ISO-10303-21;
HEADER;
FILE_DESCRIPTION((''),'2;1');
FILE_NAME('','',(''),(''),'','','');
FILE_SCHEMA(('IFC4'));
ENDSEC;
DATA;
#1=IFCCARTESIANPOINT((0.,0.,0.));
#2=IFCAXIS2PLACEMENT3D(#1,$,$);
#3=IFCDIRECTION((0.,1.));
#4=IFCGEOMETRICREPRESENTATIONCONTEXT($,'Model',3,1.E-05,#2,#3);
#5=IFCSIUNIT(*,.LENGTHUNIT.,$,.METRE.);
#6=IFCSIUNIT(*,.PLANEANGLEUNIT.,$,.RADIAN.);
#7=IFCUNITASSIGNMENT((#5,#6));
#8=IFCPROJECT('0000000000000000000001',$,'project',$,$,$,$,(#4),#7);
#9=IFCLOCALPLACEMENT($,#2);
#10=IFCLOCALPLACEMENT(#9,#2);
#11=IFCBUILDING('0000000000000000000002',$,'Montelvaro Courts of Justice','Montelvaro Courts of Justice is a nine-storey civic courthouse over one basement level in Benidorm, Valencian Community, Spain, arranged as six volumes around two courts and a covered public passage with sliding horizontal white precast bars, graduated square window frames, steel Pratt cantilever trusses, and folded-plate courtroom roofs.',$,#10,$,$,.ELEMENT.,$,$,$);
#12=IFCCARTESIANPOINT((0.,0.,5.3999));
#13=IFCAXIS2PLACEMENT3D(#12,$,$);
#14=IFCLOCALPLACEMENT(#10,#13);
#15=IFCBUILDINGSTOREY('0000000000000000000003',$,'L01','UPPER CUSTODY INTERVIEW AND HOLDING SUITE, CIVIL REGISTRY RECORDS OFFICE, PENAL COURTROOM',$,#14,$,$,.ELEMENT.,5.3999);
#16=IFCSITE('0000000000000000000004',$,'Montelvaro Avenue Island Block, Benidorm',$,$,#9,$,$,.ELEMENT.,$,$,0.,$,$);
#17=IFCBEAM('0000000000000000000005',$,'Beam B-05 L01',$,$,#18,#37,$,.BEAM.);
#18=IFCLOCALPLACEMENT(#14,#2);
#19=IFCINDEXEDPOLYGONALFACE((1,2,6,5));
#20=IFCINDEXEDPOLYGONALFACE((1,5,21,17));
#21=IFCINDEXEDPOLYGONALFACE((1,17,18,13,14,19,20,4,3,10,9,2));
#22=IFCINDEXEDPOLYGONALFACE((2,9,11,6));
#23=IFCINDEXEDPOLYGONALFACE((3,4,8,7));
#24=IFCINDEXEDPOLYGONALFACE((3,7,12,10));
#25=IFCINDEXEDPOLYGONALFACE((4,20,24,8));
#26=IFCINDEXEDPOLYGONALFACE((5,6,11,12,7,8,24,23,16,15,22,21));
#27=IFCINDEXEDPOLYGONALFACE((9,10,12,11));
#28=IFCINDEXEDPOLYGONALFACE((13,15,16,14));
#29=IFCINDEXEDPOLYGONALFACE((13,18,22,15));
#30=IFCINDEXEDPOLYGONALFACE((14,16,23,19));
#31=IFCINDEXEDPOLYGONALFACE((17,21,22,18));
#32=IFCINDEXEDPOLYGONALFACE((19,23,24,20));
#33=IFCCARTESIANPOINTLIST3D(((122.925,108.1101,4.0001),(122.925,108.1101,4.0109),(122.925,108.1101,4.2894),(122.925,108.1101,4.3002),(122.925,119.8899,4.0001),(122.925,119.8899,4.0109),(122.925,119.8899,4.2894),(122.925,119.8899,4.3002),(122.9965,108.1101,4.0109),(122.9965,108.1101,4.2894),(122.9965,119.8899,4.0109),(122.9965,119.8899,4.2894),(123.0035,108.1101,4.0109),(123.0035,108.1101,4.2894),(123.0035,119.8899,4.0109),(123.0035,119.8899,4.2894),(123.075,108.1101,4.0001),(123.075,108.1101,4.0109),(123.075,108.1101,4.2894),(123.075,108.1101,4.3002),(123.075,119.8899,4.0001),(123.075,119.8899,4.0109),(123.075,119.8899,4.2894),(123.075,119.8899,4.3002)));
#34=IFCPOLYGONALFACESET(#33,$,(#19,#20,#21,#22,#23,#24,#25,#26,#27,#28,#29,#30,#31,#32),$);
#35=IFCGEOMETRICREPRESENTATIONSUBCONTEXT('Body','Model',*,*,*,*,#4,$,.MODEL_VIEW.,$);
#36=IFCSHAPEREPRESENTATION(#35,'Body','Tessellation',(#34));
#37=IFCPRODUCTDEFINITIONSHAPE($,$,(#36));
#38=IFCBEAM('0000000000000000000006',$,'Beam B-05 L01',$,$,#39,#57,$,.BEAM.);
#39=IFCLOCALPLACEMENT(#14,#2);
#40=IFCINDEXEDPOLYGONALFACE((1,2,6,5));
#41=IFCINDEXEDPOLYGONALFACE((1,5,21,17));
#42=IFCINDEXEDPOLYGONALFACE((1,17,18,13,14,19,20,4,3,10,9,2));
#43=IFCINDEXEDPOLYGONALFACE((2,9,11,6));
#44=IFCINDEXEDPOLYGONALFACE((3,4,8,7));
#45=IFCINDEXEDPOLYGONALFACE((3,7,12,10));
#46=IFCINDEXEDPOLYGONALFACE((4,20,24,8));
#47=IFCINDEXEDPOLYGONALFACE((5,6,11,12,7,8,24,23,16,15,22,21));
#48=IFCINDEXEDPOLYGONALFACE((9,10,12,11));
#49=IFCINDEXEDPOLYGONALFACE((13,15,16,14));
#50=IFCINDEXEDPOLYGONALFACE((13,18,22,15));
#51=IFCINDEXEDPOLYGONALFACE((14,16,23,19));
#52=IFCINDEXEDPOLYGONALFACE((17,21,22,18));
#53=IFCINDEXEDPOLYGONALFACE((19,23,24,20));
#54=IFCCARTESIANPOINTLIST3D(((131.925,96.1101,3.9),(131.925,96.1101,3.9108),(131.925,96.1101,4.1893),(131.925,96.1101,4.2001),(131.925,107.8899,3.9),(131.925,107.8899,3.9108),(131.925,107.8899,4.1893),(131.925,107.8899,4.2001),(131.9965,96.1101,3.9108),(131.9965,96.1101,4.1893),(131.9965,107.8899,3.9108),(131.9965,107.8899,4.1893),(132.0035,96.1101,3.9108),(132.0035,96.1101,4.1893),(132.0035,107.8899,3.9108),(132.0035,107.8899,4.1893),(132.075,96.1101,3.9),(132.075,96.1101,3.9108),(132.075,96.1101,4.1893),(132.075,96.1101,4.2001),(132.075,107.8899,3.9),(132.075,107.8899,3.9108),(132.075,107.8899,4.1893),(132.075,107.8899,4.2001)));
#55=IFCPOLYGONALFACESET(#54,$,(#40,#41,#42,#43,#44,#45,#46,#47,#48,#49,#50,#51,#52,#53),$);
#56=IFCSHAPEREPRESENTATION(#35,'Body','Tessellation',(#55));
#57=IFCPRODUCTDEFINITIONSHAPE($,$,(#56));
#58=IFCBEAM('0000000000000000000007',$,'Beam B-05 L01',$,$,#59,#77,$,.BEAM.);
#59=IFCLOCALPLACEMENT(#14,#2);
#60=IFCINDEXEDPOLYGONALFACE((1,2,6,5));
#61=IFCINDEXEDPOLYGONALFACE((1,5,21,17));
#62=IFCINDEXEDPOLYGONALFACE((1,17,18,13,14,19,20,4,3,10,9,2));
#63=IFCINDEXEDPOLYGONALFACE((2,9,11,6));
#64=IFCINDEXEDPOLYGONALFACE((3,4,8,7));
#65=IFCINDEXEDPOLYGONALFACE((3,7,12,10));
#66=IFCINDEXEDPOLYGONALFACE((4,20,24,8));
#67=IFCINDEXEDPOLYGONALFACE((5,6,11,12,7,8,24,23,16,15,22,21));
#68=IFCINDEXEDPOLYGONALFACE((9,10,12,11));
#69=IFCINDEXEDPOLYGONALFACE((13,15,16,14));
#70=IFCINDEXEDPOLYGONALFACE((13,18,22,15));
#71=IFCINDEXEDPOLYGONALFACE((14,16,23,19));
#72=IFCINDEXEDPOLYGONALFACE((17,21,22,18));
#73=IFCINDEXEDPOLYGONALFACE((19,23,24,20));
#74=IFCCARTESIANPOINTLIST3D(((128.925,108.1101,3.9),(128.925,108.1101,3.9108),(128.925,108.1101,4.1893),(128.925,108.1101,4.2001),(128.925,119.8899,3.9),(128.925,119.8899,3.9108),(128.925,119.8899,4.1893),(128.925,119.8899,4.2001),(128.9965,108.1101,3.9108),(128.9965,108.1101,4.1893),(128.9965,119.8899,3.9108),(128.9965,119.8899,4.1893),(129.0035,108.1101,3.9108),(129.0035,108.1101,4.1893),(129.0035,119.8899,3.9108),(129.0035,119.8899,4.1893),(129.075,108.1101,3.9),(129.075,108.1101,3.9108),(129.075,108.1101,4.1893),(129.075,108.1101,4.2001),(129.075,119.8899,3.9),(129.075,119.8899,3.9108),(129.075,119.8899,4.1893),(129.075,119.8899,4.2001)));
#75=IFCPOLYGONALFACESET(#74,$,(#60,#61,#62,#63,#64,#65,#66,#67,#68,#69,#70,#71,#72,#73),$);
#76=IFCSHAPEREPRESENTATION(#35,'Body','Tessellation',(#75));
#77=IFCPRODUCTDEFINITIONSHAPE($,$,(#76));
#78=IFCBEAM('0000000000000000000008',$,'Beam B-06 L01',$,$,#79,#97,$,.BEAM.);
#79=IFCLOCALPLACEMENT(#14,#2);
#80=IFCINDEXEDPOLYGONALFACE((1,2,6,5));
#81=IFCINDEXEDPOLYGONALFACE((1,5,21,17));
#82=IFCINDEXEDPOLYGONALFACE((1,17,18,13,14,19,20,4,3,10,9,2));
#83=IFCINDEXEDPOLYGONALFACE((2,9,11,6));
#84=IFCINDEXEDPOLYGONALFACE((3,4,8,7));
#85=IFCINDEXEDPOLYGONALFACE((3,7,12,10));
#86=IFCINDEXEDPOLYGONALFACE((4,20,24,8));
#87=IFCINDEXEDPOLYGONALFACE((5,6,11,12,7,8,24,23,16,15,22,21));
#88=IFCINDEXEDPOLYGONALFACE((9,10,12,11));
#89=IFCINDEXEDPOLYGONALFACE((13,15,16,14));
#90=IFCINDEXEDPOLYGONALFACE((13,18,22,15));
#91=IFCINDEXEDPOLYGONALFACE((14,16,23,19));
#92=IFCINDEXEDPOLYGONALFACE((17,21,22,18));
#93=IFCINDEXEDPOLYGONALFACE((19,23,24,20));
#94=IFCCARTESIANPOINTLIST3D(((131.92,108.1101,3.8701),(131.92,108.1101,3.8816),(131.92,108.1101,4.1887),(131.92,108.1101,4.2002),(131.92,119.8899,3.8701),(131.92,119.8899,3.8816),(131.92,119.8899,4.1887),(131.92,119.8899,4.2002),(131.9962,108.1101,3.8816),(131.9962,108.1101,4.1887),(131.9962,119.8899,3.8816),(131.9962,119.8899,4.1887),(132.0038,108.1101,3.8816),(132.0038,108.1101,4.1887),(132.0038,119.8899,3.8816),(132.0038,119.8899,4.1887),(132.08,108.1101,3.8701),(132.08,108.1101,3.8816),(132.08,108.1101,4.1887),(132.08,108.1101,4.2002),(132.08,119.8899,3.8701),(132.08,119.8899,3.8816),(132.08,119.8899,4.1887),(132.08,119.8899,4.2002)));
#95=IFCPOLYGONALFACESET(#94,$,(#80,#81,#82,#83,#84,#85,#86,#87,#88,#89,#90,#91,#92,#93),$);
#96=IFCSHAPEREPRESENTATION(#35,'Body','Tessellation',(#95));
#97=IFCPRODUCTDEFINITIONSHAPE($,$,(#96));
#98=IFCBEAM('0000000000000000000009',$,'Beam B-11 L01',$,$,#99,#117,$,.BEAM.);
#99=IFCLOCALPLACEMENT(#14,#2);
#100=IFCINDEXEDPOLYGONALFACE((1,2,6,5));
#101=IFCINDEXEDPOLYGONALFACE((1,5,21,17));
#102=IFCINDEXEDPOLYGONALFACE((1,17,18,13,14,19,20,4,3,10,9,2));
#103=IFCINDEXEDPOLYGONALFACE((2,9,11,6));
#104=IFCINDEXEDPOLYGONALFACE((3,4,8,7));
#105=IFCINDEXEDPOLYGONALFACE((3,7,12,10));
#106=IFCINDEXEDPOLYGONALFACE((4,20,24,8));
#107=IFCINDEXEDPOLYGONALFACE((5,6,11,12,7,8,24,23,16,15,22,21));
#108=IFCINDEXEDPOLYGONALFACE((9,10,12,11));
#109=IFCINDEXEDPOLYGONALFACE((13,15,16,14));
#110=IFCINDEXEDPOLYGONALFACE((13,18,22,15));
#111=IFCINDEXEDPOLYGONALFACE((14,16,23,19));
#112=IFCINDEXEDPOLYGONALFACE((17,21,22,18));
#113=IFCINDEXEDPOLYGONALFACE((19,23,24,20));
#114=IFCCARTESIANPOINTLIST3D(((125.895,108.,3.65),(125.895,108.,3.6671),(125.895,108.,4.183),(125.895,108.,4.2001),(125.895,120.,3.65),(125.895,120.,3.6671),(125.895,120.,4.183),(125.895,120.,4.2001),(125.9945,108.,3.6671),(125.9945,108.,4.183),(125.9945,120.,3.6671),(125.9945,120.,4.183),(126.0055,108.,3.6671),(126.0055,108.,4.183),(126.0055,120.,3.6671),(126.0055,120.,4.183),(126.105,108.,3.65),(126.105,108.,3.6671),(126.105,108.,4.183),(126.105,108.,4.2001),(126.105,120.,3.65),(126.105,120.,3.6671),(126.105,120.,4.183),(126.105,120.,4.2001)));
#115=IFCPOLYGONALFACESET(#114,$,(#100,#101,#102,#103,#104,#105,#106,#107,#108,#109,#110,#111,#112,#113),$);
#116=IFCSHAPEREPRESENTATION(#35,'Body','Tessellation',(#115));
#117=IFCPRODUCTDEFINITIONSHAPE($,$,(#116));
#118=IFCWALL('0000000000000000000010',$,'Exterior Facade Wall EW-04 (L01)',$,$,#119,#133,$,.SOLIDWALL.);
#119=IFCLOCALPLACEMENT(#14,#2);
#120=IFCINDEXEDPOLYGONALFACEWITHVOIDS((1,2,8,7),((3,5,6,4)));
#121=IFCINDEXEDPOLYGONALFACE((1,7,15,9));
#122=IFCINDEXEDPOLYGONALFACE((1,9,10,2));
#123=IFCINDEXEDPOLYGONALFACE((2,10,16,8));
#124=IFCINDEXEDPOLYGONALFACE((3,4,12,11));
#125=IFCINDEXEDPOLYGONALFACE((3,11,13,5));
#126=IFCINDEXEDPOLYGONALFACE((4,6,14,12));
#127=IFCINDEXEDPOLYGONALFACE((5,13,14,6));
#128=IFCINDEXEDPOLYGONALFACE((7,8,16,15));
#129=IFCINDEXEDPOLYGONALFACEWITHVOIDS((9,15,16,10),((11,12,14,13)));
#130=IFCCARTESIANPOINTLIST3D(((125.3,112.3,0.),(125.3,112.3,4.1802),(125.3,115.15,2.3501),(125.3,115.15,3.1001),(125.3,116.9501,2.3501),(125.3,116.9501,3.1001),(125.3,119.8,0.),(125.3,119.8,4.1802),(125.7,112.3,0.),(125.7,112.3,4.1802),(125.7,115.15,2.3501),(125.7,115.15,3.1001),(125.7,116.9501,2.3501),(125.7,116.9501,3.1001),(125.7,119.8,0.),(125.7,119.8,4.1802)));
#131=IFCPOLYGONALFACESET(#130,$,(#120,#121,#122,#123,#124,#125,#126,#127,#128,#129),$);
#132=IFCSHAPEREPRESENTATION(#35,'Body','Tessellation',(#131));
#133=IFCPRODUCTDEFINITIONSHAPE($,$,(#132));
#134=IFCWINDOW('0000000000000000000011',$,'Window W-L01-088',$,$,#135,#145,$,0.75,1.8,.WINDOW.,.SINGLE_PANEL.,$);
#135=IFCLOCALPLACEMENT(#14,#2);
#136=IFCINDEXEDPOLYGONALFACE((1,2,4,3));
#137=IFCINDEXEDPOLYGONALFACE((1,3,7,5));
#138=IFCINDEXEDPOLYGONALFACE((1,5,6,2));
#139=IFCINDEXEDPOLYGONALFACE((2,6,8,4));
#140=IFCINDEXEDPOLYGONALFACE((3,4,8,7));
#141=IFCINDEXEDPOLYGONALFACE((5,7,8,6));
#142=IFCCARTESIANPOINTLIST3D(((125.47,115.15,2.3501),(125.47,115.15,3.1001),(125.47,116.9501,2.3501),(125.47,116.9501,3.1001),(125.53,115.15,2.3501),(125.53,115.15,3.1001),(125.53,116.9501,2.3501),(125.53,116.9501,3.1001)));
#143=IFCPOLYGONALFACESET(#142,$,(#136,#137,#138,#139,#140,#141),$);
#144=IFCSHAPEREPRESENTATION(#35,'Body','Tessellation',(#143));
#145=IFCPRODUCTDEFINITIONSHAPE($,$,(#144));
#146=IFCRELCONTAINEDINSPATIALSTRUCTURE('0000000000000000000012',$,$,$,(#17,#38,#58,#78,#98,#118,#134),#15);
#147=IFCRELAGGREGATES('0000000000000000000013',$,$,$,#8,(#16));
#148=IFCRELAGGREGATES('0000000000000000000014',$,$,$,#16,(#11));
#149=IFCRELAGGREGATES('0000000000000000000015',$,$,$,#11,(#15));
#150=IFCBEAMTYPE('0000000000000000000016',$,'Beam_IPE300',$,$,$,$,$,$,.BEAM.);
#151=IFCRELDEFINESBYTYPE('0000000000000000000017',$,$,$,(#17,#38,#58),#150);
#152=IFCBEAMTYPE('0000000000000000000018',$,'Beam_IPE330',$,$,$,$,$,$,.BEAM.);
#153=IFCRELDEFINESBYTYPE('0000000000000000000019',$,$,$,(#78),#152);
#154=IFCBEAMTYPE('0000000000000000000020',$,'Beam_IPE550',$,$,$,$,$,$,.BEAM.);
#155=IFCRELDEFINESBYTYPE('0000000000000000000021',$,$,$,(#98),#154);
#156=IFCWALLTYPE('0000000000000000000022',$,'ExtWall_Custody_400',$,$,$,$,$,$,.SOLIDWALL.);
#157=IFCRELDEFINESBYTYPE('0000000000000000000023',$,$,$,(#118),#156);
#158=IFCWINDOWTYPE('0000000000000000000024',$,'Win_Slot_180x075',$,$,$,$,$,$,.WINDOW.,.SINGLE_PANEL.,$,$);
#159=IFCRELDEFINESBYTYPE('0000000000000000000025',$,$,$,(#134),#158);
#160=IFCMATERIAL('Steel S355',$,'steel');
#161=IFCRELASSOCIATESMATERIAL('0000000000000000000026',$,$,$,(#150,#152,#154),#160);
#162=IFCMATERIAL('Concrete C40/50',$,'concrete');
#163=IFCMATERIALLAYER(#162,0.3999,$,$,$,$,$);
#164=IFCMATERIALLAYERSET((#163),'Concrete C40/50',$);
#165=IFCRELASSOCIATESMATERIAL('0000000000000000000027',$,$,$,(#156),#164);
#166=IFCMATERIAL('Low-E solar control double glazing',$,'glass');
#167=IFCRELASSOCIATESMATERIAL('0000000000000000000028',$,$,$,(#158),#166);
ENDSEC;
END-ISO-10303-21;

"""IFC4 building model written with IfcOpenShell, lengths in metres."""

from ifc_helpers import new_model, si_unit, direction, frame, frame_2d, origin, origin_2d, place, context, subcontext, project, spatial, rectangle, i_section, extrude, material, layer, layer_set, material_profile, profile_set, type_object, element, fill, save


model = new_model("IFC4")

# Units and contexts
model_context = context("Model", 3, precision=1e-05, world=origin(), true_north=direction((0.0, 1.0)))
body_context = subcontext(model_context, "Body", "Model", "MODEL_VIEW")
ifc_project = project(units=[si_unit("LENGTHUNIT", "METRE"), si_unit("PLANEANGLEUNIT", "RADIAN")], contexts=[model_context])

# Site, building, storey
site_placement = place(None, origin())
site = spatial("IfcSite", under=ifc_project, at=site_placement, Name="Montelvaro Avenue Island Block, Benidorm", CompositionType="ELEMENT", RefElevation=0.0)
building_placement = place(site_placement, origin())
building = spatial("IfcBuilding", under=site, at=building_placement, Name="Montelvaro Courts of Justice", Description="Montelvaro Courts of Justice is a nine-storey civic courthouse over one basement level in Benidorm, Valencian Community, Spain, arranged as six volumes around two courts and a covered public passage with sliding horizontal white precast bars, graduated square window frames, steel Pratt cantilever trusses, and folded-plate courtroom roofs.", CompositionType="ELEMENT")
storey_placement = place(building_placement, frame((0.0, 0.0, 5.3999)))
storey = spatial("IfcBuildingStorey", under=building, at=storey_placement, Name="L01", Description="UPPER CUSTODY INTERVIEW AND HOLDING SUITE, CIVIL REGISTRY RECORDS OFFICE, PENAL COURTROOM", CompositionType="ELEMENT", Elevation=5.3999)

# Shared definitions
ifc_material_1 = material(Name="Steel S355", Category="steel")

# Beams
ifc_material_profile_1 = material_profile(ifc_material_1, i_section(OverallWidth=0.1499, OverallDepth=0.3, WebThickness=0.0071, FlangeThickness=0.0107, at=origin_2d()), Name="IPE 300")
ifc_profile_set_1 = profile_set([ifc_material_profile_1], Name="Steel S355")
beam_type_1 = type_object("IfcBeamType", Name="Beam_IPE300", PredefinedType="BEAM", material=ifc_profile_set_1)
for number, where, z_axis, x_axis, name in (
    (1, (123.0, 108.1101, 4.1501), (0.0, 1.0, 0.0), (-1.0, 0.0, 0.0), "Beam B-05 L01"),
    (2, (132.0, 96.1101, 4.05), (0.0, 1.0, 0.0), (-1.0, 0.0, 0.0), "Beam B-05 L01"),
    (3, (129.0, 108.1101, 4.05), (0.0, 1.0, 0.0), (-1.0, 0.0, 0.0), "Beam B-05 L01"),
):
    element("IfcBeam", number, at=place(storey_placement, frame(where, z_axis=z_axis, x_axis=x_axis)), inside=storey, type_object=beam_type_1, Name=name, PredefinedType="BEAM", context=body_context, shape_type="SweptSolid", body=[
        extrude(i_section(OverallWidth=0.1499, OverallDepth=0.3, WebThickness=0.0071, FlangeThickness=0.0107, at=origin_2d()), origin(), (0.0, 0.0, 1.0), 11.7798),
    ])
ifc_material_profile_2 = material_profile(ifc_material_1, i_section(OverallWidth=0.1599, OverallDepth=0.3301, WebThickness=0.0076, FlangeThickness=0.0115, at=origin_2d()), Name="IPE 330")
ifc_profile_set_2 = profile_set([ifc_material_profile_2], Name="Steel S355")
beam_type_2 = type_object("IfcBeamType", Name="Beam_IPE330", PredefinedType="BEAM", material=ifc_profile_set_2)
beam_1_placement = place(storey_placement, frame((132.0, 108.1101, 4.0352), z_axis=(0.0, 1.0, 0.0), x_axis=(-1.0, 0.0, 0.0)))
element("IfcBeam", 4, at=beam_1_placement, inside=storey, type_object=beam_type_2, Name="Beam B-06 L01", PredefinedType="BEAM", context=body_context, shape_type="SweptSolid", body=[
    extrude(i_section(OverallWidth=0.1599, OverallDepth=0.3301, WebThickness=0.0076, FlangeThickness=0.0115, at=origin_2d()), origin(), (0.0, 0.0, 1.0), 11.7798),
])
ifc_material_profile_3 = material_profile(ifc_material_1, i_section(OverallWidth=0.21, OverallDepth=0.55, WebThickness=0.011, FlangeThickness=0.0171, at=origin_2d()), Name="IPE 550")
ifc_profile_set_3 = profile_set([ifc_material_profile_3], Name="Steel S355")
beam_type_3 = type_object("IfcBeamType", Name="Beam_IPE550", PredefinedType="BEAM", material=ifc_profile_set_3)
beam_2_placement = place(storey_placement, frame((126.0, 108.0, 3.925), z_axis=(0.0, 1.0, 0.0), x_axis=(-1.0, 0.0, 0.0)))
element("IfcBeam", 5, at=beam_2_placement, inside=storey, type_object=beam_type_3, Name="Beam B-11 L01", PredefinedType="BEAM", context=body_context, shape_type="SweptSolid", body=[
    extrude(i_section(OverallWidth=0.21, OverallDepth=0.55, WebThickness=0.011, FlangeThickness=0.0171, at=origin_2d()), origin(), (0.0, 0.0, 1.0), 12.0),
])

# Wall, opening, window
ifc_material_2 = material(Name="Concrete C40/50", Category="concrete")
ifc_layer = layer(ifc_material_2, 0.3999)
ifc_layer_set = layer_set([ifc_layer], Name="Concrete C40/50")
wall_type = type_object("IfcWallType", Name="ExtWall_Custody_400", PredefinedType="SOLIDWALL", material=ifc_layer_set)
wall_1_placement = place(storey_placement, frame((125.5, 112.3, 0.0), z_axis=(0.0, 0.0, 1.0), x_axis=(0.0, 1.0, 0.0)))
wall_1 = element("IfcWall", 6, at=wall_1_placement, inside=storey, type_object=wall_type, Name="Exterior Facade Wall EW-04 (L01)", PredefinedType="SOLIDWALL", context=body_context, shape_type="SweptSolid", body=[
    extrude(rectangle(XDim=7.5, YDim=0.3999, at=frame_2d((3.75, 0.0))), origin(), (0.0, 0.0, 1.0), 4.1802),
])
opening_1_placement = place(wall_1_placement, frame((2.8501, 0.0, 2.3501)))
opening_1 = element("IfcOpeningElement", 7, at=opening_1_placement, cuts=wall_1, PredefinedType="OPENING", context=body_context, shape_type="SweptSolid", body=[
    extrude(rectangle(XDim=1.8, YDim=0.75, at=frame_2d((0.8999, 0.375))), frame((0.0, 0.2148, 0.0), z_axis=(0.0, -1.0, 0.0), x_axis=(1.0, 0.0, 0.0)), (0.0, 0.0, 1.0), 0.4297),
])
ifc_material_3 = material(Name="Low-E solar control double glazing", Category="glass")
window_type_1 = type_object("IfcWindowType", Name="Win_Slot_180x075", PartitioningType="SINGLE_PANEL", PredefinedType="WINDOW", material=ifc_material_3)
window_1_placement = place(opening_1_placement, origin())
window_1 = element("IfcWindow", 8, at=window_1_placement, inside=storey, type_object=window_type_1, Name="Window W-L01-088", OverallHeight=0.75, OverallWidth=1.8, PartitioningType="SINGLE_PANEL", PredefinedType="WINDOW", context=body_context, shape_type="SweptSolid", body=[
    extrude(rectangle(XDim=1.8, YDim=0.75, at=frame_2d((0.8999, 0.375))), frame((0.0, 0.03, 0.0), z_axis=(0.0, -1.0, 0.0), x_axis=(1.0, 0.0, 0.0)), (0.0, 0.0, 1.0), 0.0601),
])
fill(opening_1, window_1)

save(model, "model.ifc")
